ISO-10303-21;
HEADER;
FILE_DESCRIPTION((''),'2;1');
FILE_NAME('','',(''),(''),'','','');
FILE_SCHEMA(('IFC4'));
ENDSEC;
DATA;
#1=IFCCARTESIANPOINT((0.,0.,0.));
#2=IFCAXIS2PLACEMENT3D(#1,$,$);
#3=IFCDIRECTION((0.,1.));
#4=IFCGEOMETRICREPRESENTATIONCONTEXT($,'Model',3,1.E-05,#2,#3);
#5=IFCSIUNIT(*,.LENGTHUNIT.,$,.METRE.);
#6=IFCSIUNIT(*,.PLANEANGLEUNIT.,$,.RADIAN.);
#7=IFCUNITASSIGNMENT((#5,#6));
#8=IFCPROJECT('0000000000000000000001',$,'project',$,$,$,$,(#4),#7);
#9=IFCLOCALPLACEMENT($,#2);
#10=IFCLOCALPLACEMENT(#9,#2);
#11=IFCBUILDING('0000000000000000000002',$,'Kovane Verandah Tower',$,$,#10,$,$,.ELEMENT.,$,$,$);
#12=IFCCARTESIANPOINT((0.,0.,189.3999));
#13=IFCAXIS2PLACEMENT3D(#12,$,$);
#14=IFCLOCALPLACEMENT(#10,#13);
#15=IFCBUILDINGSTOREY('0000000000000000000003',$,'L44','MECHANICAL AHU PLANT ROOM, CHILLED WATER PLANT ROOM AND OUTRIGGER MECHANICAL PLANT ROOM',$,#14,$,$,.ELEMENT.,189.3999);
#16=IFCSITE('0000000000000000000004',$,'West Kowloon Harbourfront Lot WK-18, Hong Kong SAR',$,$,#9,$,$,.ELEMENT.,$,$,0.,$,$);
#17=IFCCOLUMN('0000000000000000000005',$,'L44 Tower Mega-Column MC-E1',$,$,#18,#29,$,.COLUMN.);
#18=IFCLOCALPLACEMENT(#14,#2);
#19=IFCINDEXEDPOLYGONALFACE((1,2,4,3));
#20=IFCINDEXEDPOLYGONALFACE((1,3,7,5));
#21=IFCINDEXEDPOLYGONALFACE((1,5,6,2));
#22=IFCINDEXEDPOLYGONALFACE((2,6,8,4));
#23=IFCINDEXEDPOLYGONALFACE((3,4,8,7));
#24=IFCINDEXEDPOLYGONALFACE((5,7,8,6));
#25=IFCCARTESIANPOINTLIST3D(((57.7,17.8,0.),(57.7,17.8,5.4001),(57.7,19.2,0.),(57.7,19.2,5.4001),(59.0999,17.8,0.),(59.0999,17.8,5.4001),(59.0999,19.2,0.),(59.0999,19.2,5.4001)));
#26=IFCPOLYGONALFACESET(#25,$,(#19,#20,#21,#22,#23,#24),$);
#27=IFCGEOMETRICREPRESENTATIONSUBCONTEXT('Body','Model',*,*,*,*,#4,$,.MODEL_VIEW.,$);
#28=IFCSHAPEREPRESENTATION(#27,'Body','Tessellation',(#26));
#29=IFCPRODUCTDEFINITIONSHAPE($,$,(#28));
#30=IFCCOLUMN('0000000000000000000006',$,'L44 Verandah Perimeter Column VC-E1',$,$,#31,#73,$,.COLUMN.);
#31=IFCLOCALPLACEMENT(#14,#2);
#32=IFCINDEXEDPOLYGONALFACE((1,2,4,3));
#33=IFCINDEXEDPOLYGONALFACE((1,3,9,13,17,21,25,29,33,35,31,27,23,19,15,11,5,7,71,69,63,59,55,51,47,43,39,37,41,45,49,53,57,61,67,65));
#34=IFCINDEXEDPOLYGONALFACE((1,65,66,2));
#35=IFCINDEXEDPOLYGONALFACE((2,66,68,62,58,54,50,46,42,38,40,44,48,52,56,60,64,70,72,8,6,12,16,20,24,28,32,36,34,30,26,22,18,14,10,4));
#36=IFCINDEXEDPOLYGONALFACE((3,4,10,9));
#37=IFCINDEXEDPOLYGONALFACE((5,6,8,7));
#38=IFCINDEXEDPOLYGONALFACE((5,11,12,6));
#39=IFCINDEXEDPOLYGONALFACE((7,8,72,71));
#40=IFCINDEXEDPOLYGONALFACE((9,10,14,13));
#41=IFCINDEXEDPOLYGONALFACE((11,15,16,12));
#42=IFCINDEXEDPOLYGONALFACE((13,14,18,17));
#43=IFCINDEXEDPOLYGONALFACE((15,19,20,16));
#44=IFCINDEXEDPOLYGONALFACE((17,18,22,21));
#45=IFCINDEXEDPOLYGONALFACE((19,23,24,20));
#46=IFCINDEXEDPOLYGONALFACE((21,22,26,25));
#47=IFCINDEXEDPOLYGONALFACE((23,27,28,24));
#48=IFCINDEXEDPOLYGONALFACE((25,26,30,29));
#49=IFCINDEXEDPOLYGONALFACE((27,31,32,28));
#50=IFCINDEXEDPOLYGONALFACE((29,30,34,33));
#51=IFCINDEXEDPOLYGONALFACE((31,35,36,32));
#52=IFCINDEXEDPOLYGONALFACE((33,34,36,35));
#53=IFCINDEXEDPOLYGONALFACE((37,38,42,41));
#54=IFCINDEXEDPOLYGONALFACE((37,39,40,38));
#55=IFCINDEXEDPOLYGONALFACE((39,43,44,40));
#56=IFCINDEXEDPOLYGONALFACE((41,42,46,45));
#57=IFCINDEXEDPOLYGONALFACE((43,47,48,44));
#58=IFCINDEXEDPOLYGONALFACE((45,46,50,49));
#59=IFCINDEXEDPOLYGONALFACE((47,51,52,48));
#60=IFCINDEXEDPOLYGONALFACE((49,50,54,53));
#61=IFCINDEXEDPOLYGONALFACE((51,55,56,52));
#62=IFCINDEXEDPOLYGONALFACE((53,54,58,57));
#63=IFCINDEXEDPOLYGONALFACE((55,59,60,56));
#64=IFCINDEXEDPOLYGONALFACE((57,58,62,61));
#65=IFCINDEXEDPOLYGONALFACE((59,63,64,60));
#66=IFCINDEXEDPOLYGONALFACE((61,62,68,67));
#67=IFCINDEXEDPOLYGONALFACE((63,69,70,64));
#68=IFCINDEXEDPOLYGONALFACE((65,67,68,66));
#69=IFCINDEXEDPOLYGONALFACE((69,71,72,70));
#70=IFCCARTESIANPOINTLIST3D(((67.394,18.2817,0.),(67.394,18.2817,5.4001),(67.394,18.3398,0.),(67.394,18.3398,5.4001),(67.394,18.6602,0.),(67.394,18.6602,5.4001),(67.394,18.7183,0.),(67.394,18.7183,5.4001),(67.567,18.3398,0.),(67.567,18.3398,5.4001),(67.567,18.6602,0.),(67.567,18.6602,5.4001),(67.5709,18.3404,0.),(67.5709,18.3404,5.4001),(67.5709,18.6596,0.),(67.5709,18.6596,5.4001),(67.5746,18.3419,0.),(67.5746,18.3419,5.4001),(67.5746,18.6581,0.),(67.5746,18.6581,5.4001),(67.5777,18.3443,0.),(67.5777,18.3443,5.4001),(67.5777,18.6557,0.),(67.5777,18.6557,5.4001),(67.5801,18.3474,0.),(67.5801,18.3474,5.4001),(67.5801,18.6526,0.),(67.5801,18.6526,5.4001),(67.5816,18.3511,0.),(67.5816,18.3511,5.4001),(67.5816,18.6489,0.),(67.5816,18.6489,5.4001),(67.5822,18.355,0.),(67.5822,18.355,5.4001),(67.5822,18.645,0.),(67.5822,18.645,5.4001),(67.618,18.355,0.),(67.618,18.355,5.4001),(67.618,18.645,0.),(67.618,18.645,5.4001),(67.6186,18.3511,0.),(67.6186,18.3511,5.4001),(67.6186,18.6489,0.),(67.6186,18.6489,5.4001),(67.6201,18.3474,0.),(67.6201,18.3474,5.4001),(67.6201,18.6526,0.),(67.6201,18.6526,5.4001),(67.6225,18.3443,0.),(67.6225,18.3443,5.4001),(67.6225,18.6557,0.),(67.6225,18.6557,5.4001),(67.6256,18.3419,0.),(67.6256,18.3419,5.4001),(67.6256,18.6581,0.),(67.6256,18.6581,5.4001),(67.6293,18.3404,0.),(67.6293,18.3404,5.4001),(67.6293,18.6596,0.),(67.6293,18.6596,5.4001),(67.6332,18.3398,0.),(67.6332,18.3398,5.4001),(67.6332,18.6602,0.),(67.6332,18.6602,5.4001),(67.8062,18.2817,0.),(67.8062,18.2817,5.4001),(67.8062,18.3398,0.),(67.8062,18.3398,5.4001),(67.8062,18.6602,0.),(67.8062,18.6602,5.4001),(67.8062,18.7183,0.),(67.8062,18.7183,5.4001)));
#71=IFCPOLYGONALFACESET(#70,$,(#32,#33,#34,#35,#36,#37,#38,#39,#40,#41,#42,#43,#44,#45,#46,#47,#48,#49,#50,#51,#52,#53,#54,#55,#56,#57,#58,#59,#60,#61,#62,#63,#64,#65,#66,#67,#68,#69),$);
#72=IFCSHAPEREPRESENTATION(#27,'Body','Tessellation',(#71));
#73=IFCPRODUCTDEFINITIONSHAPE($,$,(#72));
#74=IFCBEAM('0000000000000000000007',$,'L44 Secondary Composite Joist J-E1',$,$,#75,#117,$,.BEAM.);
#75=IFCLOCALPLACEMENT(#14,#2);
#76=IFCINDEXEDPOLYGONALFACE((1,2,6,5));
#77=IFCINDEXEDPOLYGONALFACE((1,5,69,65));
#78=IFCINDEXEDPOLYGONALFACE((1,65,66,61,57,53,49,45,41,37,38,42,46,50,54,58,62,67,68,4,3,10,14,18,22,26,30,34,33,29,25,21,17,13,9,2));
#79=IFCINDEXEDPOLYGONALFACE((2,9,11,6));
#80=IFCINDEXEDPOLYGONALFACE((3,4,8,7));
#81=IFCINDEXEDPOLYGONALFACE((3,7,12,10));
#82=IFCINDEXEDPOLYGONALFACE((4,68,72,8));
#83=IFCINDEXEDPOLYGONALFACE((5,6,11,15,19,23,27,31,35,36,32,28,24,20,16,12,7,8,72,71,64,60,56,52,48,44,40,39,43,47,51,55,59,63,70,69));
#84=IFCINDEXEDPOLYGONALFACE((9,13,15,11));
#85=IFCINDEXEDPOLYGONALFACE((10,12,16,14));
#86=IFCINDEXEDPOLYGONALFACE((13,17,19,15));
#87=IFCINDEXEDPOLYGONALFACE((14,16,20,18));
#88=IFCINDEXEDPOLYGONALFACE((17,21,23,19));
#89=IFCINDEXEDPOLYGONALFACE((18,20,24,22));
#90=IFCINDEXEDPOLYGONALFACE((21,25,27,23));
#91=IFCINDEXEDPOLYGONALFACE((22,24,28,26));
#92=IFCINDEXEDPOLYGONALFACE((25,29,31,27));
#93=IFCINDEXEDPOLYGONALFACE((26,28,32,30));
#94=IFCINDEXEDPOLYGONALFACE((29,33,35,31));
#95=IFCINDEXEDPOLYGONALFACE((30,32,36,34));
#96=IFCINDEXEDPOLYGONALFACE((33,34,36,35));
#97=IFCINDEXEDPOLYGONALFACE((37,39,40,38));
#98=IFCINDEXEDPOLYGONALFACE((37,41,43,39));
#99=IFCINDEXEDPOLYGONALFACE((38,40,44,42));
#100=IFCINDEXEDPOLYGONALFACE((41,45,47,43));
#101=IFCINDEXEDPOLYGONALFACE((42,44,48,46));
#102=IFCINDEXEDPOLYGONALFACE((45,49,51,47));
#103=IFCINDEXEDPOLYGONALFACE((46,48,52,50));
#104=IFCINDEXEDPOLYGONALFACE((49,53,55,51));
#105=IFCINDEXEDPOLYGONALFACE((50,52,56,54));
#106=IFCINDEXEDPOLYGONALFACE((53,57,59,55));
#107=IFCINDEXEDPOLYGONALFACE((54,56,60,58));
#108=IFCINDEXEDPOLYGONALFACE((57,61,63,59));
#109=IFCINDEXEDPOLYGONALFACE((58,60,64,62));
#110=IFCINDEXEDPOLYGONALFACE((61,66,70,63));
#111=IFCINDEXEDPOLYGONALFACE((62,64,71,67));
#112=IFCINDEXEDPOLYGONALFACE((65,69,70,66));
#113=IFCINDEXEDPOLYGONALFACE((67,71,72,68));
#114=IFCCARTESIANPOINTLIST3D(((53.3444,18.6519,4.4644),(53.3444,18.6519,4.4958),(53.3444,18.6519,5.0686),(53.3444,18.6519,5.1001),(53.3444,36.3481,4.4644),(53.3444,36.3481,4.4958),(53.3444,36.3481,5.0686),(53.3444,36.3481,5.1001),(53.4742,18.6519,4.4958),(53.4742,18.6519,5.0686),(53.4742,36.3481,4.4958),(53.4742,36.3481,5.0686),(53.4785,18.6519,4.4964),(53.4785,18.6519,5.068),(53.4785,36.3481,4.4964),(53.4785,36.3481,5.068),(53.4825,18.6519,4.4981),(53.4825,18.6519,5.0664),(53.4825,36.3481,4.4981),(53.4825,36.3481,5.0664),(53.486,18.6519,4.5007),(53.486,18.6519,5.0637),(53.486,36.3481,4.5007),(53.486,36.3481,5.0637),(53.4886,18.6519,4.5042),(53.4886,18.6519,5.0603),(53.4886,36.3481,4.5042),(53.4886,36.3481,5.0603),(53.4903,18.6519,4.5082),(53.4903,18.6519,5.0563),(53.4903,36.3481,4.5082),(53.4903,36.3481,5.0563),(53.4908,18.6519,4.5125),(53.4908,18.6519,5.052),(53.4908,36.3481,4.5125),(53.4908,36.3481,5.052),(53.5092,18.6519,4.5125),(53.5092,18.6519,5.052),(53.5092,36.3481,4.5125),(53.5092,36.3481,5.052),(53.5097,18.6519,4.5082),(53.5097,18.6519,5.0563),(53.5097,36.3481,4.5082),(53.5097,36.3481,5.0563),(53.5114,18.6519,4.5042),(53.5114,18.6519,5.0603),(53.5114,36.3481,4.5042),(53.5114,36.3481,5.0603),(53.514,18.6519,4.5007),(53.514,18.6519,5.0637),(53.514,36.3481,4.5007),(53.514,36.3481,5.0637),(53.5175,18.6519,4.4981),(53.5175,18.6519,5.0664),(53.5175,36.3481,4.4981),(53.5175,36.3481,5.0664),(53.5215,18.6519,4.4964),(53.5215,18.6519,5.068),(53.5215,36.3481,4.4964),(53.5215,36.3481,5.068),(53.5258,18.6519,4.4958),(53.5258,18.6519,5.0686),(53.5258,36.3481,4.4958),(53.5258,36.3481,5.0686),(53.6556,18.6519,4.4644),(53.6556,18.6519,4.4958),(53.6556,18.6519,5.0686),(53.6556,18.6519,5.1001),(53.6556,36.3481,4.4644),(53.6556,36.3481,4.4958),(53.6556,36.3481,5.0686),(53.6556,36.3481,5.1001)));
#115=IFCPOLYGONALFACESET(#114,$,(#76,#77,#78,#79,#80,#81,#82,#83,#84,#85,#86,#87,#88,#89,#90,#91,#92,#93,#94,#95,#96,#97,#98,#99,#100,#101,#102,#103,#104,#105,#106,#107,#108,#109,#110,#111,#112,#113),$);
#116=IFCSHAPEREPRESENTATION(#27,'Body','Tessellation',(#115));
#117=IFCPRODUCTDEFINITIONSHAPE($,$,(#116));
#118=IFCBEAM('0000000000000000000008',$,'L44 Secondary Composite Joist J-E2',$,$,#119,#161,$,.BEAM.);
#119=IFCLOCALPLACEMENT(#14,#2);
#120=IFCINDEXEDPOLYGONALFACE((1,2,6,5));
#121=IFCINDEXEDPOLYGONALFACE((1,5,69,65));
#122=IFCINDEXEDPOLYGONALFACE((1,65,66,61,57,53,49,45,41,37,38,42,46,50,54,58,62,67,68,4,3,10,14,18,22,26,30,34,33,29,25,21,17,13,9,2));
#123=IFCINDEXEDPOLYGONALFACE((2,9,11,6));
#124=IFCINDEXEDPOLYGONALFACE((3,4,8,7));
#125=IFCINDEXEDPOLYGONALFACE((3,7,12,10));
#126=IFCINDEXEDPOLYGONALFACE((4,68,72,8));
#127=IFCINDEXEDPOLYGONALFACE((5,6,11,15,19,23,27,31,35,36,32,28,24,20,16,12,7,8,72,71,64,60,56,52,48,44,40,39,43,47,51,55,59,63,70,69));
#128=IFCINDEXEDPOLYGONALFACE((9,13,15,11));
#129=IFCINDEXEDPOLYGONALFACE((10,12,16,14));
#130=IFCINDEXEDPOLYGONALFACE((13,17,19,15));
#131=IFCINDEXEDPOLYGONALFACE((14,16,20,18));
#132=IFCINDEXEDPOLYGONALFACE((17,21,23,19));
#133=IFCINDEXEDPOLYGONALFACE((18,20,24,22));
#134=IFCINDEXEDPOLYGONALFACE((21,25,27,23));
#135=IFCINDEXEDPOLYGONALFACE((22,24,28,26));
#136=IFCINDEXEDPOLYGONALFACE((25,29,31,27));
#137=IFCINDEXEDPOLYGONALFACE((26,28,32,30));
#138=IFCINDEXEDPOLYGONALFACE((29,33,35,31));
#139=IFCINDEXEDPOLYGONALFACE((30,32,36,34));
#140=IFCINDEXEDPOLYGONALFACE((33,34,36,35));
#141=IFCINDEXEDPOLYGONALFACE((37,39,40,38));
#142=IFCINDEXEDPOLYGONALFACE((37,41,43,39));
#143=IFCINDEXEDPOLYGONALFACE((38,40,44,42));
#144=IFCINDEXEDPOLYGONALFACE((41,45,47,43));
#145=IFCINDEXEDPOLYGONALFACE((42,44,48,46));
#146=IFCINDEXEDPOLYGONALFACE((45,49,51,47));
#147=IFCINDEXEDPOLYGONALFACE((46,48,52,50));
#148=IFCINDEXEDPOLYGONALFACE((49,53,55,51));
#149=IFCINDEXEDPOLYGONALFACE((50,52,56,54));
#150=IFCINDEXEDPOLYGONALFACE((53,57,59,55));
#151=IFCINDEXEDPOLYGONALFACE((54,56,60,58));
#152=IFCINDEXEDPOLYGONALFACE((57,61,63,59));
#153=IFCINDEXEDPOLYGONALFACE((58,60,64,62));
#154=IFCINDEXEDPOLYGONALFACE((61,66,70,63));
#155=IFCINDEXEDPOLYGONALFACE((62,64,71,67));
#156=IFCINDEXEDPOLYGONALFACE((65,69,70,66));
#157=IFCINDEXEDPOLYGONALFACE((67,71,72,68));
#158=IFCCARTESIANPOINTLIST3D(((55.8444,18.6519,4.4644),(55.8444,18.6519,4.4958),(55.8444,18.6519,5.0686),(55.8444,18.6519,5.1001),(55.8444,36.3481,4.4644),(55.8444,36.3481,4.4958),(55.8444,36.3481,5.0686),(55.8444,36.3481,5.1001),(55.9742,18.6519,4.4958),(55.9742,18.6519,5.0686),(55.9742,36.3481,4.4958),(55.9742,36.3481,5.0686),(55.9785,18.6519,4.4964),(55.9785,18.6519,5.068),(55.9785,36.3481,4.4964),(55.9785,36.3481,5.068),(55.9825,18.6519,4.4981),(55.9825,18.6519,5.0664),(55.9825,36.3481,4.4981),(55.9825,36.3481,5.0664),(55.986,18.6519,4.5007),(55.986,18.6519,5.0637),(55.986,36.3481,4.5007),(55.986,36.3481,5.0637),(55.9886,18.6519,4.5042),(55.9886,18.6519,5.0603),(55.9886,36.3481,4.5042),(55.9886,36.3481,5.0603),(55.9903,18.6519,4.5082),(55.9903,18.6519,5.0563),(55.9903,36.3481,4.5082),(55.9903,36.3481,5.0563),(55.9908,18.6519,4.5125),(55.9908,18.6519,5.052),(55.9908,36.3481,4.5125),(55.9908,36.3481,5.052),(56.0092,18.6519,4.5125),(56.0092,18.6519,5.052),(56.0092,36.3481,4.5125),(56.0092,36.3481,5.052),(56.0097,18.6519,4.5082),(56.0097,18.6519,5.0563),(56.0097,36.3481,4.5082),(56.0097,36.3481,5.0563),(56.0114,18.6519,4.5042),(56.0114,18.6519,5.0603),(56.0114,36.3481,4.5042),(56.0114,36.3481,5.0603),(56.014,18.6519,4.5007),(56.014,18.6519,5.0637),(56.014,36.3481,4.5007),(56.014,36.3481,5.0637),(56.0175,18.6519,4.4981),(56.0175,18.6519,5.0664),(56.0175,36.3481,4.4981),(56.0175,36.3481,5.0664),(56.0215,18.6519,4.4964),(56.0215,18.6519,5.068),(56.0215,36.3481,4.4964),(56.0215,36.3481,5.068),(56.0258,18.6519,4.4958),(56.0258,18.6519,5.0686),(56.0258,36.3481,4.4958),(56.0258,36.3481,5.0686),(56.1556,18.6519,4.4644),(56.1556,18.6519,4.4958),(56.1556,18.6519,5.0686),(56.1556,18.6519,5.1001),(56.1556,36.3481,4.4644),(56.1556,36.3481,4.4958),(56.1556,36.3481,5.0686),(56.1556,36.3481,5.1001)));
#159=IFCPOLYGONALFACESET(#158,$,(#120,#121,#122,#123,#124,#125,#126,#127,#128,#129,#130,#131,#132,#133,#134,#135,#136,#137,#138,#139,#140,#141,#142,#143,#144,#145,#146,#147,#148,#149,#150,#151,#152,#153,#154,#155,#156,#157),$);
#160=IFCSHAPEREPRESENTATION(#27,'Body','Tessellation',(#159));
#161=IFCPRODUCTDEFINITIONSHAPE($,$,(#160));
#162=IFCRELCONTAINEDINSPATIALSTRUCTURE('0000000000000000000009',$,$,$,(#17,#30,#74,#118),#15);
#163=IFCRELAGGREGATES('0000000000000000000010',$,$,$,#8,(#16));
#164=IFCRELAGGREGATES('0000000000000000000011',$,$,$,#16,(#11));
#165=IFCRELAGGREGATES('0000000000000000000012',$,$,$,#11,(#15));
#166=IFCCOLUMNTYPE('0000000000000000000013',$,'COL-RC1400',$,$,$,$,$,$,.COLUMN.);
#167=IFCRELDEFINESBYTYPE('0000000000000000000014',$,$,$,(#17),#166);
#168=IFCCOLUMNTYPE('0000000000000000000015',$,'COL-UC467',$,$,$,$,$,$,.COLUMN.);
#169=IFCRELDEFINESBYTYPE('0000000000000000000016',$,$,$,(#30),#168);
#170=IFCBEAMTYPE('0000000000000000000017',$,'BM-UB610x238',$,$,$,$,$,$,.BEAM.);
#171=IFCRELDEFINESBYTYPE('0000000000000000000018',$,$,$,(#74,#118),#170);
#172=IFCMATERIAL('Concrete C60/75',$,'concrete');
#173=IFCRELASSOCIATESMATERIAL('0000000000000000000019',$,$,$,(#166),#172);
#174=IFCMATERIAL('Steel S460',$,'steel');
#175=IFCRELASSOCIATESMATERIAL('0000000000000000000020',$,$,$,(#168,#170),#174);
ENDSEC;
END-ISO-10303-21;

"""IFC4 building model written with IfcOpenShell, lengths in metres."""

from ifc_helpers import new_model, si_unit, direction, frame, origin, origin_2d, place, context, subcontext, project, spatial, rectangle, i_section, extrude, material, material_profile, profile_set, type_object, element, save


model = new_model("IFC4")

# Units and contexts
model_context = context("Model", 3, precision=1e-05, world=origin(), true_north=direction((0.0, 1.0)))
body_context = subcontext(model_context, "Body", "Model", "MODEL_VIEW")
ifc_project = project(units=[si_unit("LENGTHUNIT", "METRE"), si_unit("PLANEANGLEUNIT", "RADIAN")], contexts=[model_context])

# Site, building, storey
site_placement = place(None, origin())
site = spatial("IfcSite", under=ifc_project, at=site_placement, Name="West Kowloon Harbourfront Lot WK-18, Hong Kong SAR", CompositionType="ELEMENT", RefElevation=0.0)
building_placement = place(site_placement, origin())
building = spatial("IfcBuilding", under=site, at=building_placement, Name="Kovane Verandah Tower", CompositionType="ELEMENT")
storey_placement = place(building_placement, frame((0.0, 0.0, 189.3999)))
storey = spatial("IfcBuildingStorey", under=building, at=storey_placement, Name="L44", Description="MECHANICAL AHU PLANT ROOM, CHILLED WATER PLANT ROOM AND OUTRIGGER MECHANICAL PLANT ROOM", CompositionType="ELEMENT", Elevation=189.3999)

# Columns
ifc_material_1 = material(Name="Concrete C60/75", Category="concrete")
ifc_material_profile_1 = material_profile(ifc_material_1, rectangle(XDim=1.3999, YDim=1.3999, at=origin_2d()), Name="RC1400x1400")
ifc_profile_set_1 = profile_set([ifc_material_profile_1], Name="Concrete C60/75")
column_type_1 = type_object("IfcColumnType", Name="COL-RC1400", PredefinedType="COLUMN", material=ifc_profile_set_1)
column_1_placement = place(storey_placement, frame((58.3999, 18.5, 0.0), z_axis=(0.0, 0.0, 1.0), x_axis=(1.0, 0.0, 0.0)))
element("IfcColumn", 1, at=column_1_placement, inside=storey, type_object=column_type_1, Name="L44 Tower Mega-Column MC-E1", PredefinedType="COLUMN", context=body_context, shape_type="SweptSolid", body=[
    extrude(rectangle(XDim=1.3999, YDim=1.3999, at=origin_2d()), origin(), (0.0, 0.0, 1.0), 5.4001),
])
ifc_material_2 = material(Name="Steel S460", Category="steel")
ifc_material_profile_2 = material_profile(ifc_material_2, i_section(OverallWidth=0.4121, OverallDepth=0.4365, WebThickness=0.0359, FlangeThickness=0.0581, FilletRadius=0.0151, at=origin_2d()), Name="UC356x406x467")
ifc_profile_set_2 = profile_set([ifc_material_profile_2], Name="Steel S460")
column_type_2 = type_object("IfcColumnType", Name="COL-UC467", PredefinedType="COLUMN", material=ifc_profile_set_2)
column_2_placement = place(storey_placement, frame((67.6001, 18.5, 0.0), z_axis=(0.0, 0.0, 1.0), x_axis=(1.0, 0.0, 0.0)))
element("IfcColumn", 2, at=column_2_placement, inside=storey, type_object=column_type_2, Name="L44 Verandah Perimeter Column VC-E1", PredefinedType="COLUMN", context=body_context, shape_type="SweptSolid", body=[
    extrude(i_section(OverallWidth=0.4121, OverallDepth=0.4365, WebThickness=0.0359, FlangeThickness=0.0581, FilletRadius=0.0151, at=origin_2d()), origin(), (0.0, 0.0, 1.0), 5.4001),
])

# Beams
ifc_material_profile_3 = material_profile(ifc_material_2, i_section(OverallWidth=0.3113, OverallDepth=0.6357, WebThickness=0.0183, FlangeThickness=0.0315, FilletRadius=0.0166, at=origin_2d()), Name="UB610x305x238")
ifc_profile_set_3 = profile_set([ifc_material_profile_3], Name="Steel S460")
beam_type_1 = type_object("IfcBeamType", Name="BM-UB610x238", PredefinedType="BEAM", material=ifc_profile_set_3)
for number, where, z_axis, x_axis, name in (
    (3, (53.5, 18.6519, 4.7822), (0.0, 1.0, 0.0), (-1.0, 0.0, 0.0), "L44 Secondary Composite Joist J-E1"),
    (4, (56.0, 18.6519, 4.7822), (0.0, 1.0, 0.0), (-1.0, 0.0, 0.0), "L44 Secondary Composite Joist J-E2"),
):
    element("IfcBeam", number, at=place(storey_placement, frame(where, z_axis=z_axis, x_axis=x_axis)), inside=storey, type_object=beam_type_1, Name=name, PredefinedType="BEAM", context=body_context, shape_type="SweptSolid", body=[
        extrude(i_section(OverallWidth=0.3113, OverallDepth=0.6357, WebThickness=0.0183, FlangeThickness=0.0315, FilletRadius=0.0166, at=origin_2d()), origin(), (0.0, 0.0, 1.0), 17.6963),
    ])

save(model, "model.ifc")
